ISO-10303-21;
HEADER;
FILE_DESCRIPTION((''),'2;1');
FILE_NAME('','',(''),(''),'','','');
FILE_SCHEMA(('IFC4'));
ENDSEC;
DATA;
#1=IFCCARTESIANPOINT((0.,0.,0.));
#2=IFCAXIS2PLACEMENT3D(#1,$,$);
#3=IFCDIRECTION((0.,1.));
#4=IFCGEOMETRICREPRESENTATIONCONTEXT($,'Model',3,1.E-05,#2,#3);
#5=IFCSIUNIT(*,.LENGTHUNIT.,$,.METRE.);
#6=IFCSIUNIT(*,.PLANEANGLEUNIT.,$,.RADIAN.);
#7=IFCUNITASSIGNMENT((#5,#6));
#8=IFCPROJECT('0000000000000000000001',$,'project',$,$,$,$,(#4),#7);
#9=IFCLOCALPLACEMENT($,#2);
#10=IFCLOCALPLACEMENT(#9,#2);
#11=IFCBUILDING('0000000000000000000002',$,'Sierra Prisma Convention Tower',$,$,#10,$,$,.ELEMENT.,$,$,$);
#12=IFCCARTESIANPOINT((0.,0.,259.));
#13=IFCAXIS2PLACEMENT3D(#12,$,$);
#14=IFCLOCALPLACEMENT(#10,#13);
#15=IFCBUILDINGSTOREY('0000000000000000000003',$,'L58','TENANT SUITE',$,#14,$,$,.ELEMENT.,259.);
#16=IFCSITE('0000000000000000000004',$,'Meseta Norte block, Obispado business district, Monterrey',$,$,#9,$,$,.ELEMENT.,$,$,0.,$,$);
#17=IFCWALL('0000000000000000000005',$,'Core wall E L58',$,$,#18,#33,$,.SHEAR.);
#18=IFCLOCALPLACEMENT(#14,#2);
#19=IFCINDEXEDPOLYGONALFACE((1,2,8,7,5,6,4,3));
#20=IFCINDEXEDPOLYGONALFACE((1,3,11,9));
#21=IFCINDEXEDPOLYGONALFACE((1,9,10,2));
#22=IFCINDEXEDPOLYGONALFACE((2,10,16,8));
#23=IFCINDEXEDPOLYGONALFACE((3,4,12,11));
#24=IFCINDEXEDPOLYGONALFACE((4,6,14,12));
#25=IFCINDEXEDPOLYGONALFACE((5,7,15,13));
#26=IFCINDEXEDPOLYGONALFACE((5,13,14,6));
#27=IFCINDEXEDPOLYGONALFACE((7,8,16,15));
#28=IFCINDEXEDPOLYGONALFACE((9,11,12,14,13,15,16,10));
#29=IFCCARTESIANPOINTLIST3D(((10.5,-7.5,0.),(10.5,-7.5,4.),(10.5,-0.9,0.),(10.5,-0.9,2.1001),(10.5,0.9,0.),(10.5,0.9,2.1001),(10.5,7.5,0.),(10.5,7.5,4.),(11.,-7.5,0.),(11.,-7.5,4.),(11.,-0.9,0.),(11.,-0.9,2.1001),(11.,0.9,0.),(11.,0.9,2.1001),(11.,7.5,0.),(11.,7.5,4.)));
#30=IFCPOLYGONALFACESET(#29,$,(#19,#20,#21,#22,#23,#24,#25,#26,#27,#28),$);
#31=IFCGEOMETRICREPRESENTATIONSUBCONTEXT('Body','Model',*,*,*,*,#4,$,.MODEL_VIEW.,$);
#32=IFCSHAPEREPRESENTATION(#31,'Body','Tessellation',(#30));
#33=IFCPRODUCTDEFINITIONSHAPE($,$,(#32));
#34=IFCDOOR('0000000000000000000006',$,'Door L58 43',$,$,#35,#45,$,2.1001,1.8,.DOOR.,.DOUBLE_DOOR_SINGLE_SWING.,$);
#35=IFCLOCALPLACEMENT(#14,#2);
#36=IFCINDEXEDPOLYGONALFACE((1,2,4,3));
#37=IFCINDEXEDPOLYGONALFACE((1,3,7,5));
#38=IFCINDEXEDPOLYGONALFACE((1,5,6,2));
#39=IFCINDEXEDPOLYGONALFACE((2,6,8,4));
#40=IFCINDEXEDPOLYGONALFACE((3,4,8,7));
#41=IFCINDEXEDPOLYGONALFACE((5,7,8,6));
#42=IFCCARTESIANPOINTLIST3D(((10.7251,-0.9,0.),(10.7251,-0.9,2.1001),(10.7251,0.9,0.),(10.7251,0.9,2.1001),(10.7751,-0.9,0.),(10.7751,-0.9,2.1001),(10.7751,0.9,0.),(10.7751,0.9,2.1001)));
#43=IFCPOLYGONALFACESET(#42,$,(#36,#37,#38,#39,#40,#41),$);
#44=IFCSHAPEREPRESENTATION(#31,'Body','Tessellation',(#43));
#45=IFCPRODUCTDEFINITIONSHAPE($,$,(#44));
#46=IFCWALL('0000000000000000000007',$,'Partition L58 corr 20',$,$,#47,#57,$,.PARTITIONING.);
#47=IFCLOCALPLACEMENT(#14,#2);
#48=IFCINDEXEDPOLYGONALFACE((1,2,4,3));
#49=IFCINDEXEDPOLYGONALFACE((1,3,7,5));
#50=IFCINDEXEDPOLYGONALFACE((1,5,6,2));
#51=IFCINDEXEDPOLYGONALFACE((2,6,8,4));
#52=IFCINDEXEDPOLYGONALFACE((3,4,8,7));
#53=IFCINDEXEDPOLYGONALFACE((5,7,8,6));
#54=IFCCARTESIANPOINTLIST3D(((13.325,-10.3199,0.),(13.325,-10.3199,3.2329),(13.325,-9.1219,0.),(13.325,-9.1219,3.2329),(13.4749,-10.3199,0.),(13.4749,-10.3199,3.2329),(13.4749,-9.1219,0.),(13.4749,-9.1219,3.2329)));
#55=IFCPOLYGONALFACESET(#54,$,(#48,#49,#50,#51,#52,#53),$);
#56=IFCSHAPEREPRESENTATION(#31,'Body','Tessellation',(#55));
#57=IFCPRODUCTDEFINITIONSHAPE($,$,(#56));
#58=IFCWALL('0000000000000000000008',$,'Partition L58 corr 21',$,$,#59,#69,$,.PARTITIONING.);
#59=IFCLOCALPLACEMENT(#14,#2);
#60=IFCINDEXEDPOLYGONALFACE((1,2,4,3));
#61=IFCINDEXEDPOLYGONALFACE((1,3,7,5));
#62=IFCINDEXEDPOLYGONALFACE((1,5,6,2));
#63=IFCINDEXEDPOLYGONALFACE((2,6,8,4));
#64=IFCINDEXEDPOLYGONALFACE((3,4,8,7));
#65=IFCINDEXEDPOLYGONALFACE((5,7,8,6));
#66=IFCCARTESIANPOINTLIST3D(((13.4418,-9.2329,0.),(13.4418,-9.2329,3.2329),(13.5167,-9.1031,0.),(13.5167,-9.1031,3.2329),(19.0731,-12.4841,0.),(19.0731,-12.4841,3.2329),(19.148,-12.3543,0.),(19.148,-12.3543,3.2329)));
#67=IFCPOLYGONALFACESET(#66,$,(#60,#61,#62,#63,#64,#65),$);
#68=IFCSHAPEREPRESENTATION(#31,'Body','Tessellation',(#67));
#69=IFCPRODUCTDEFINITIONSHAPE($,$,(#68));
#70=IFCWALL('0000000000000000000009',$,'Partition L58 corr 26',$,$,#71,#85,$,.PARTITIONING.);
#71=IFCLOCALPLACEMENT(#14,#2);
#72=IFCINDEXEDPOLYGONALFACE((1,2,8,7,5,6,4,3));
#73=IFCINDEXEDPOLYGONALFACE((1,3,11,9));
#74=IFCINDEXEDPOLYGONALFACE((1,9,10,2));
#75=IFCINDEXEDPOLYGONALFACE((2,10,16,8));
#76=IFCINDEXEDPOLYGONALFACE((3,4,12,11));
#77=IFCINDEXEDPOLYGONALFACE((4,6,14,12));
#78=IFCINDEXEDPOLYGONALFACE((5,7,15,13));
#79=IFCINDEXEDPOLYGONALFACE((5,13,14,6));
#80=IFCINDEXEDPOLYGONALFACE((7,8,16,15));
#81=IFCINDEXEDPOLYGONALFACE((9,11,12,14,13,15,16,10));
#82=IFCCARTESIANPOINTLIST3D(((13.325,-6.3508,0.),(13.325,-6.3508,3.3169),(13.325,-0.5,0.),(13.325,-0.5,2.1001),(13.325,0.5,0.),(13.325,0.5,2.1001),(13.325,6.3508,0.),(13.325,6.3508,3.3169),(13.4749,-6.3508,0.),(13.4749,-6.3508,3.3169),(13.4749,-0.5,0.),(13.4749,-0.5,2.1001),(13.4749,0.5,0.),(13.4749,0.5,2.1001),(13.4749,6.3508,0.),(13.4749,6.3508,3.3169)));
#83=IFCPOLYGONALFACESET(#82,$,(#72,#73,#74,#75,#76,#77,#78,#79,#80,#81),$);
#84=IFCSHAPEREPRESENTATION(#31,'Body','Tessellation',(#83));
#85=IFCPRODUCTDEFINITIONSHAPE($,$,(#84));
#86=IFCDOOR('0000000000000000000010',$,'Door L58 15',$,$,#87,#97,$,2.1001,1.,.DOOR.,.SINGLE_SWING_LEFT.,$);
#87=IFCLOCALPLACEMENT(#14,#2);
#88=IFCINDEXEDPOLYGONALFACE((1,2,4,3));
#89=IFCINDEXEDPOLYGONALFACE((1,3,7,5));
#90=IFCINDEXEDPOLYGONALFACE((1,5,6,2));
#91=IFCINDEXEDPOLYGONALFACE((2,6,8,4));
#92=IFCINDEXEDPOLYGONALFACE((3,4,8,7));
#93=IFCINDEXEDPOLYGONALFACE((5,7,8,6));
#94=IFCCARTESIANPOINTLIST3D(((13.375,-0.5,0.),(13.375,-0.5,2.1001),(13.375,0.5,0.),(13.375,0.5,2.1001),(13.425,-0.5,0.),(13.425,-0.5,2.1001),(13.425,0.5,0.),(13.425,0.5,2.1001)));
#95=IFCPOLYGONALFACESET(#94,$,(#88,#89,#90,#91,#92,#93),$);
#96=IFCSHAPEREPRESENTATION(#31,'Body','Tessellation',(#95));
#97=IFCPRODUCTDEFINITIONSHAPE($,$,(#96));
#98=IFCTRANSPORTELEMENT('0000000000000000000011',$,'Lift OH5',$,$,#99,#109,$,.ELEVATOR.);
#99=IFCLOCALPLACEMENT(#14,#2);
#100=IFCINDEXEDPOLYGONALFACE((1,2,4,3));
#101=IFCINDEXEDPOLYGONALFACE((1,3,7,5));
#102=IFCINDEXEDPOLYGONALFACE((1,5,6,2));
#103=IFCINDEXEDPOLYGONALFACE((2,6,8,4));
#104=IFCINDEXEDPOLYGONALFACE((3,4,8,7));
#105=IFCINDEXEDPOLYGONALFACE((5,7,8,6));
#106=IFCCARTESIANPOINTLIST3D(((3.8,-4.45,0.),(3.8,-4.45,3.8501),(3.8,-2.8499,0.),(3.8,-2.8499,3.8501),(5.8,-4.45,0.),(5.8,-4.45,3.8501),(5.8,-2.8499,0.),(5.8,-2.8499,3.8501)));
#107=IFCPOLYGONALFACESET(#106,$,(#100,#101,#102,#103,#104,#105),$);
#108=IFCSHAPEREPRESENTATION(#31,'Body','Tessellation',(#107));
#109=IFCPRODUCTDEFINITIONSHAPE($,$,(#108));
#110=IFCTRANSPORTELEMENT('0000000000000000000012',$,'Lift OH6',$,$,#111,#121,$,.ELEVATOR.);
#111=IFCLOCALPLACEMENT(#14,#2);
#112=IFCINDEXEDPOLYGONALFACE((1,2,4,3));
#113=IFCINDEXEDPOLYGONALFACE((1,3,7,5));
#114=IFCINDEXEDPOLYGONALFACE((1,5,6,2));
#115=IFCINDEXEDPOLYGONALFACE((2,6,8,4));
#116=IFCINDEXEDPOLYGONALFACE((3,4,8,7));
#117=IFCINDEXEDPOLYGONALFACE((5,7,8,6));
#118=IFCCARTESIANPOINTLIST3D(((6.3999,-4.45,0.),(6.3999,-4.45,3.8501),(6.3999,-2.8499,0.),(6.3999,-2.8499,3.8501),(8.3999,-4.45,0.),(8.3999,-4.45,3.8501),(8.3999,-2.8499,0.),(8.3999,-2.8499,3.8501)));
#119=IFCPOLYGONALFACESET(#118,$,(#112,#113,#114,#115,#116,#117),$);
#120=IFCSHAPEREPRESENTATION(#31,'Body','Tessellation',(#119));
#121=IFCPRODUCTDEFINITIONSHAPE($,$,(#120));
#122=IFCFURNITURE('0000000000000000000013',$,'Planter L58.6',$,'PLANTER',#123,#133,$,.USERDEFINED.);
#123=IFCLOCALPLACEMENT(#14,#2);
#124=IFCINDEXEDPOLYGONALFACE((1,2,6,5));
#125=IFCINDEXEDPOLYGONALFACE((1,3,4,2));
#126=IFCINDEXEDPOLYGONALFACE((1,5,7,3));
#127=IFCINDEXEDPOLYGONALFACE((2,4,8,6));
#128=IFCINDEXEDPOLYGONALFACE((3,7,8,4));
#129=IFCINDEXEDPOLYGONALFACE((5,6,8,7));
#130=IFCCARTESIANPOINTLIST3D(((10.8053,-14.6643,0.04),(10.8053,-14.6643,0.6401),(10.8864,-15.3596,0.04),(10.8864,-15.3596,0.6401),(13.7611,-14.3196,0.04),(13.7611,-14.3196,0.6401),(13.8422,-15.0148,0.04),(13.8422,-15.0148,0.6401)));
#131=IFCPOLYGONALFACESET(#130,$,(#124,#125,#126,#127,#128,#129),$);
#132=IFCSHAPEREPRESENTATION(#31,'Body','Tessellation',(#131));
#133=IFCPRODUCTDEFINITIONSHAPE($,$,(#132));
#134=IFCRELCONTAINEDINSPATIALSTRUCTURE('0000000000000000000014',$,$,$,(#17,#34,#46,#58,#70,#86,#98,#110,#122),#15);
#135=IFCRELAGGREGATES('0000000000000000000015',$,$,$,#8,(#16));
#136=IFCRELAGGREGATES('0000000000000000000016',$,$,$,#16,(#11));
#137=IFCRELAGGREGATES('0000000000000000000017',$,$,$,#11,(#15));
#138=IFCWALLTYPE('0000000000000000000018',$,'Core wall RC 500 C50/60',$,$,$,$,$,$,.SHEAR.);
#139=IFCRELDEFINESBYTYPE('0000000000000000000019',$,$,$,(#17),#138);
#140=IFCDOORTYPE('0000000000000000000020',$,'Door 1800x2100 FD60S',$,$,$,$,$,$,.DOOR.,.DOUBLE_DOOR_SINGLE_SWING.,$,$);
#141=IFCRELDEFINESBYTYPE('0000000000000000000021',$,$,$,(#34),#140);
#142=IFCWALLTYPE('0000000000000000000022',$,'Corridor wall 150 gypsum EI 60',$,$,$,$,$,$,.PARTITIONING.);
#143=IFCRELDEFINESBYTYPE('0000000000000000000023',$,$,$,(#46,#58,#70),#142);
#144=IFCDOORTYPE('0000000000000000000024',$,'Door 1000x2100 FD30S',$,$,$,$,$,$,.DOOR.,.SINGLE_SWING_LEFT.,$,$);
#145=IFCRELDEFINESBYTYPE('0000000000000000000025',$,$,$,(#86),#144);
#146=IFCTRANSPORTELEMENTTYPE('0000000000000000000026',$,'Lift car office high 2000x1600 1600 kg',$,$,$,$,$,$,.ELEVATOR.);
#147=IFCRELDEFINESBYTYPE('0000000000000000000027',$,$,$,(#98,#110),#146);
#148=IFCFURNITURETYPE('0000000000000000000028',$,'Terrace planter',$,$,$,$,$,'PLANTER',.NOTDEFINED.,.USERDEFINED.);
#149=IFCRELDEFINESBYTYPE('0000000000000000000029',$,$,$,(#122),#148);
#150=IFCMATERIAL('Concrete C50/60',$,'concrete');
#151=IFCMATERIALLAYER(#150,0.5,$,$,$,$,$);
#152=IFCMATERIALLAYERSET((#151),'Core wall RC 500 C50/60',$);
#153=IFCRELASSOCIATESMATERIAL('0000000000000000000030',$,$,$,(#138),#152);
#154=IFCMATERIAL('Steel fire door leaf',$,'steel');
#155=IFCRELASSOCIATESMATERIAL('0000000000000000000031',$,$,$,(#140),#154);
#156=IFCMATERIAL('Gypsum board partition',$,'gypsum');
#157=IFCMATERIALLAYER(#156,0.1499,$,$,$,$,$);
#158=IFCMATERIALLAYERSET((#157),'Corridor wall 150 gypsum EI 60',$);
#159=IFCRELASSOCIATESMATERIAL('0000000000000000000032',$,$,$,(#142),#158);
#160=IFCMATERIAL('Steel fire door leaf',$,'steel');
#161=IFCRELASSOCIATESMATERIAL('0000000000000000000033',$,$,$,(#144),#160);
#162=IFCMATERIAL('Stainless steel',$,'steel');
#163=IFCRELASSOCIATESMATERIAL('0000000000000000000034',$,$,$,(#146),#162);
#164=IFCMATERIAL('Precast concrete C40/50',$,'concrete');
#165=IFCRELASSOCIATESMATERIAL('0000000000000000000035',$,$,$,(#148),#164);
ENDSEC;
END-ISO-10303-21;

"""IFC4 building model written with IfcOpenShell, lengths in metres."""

from ifc_helpers import new_model, si_unit, direction, frame, frame_2d, origin, origin_2d, place, context, subcontext, project, spatial, rectangle, extrude, material, layer, layer_set, type_object, element, fill, save


model = new_model("IFC4")

# Units and contexts
model_context = context("Model", 3, precision=1e-05, world=origin(), true_north=direction((0.0, 1.0)))
body_context = subcontext(model_context, "Body", "Model", "MODEL_VIEW")
ifc_project = project(units=[si_unit("LENGTHUNIT", "METRE"), si_unit("PLANEANGLEUNIT", "RADIAN")], contexts=[model_context])

# Site, building, storey
site_placement = place(None, origin())
site = spatial("IfcSite", under=ifc_project, at=site_placement, Name="Meseta Norte block, Obispado business district, Monterrey", CompositionType="ELEMENT", RefElevation=0.0)
building_placement = place(site_placement, origin())
building = spatial("IfcBuilding", under=site, at=building_placement, Name="Sierra Prisma Convention Tower", CompositionType="ELEMENT")
storey_placement = place(building_placement, frame((0.0, 0.0, 259.0)))
storey = spatial("IfcBuildingStorey", under=building, at=storey_placement, Name="L58", Description="TENANT SUITE", CompositionType="ELEMENT", Elevation=259.0)

# Wall, opening, door
ifc_material_1 = material(Name="Concrete C50/60", Category="concrete")
ifc_layer_1 = layer(ifc_material_1, 0.5)
ifc_layer_set_1 = layer_set([ifc_layer_1], Name="Core wall RC 500 C50/60")
wall_type_1 = type_object("IfcWallType", Name="Core wall RC 500 C50/60", PredefinedType="SHEAR", material=ifc_layer_set_1)
wall_1_placement = place(storey_placement, frame((10.75, -7.5, 0.0), z_axis=(0.0, 0.0, 1.0), x_axis=(0.0, 1.0, 0.0)))
wall_1 = element("IfcWall", 1, at=wall_1_placement, inside=storey, type_object=wall_type_1, Name="Core wall E L58", PredefinedType="SHEAR", context=body_context, shape_type="SweptSolid", body=[
    extrude(rectangle(XDim=15.0, YDim=0.5, at=frame_2d((7.5, 0.0))), origin(), (0.0, 0.0, 1.0), 4.0),
])
opening_1_placement = place(wall_1_placement, frame((6.6001, 0.0, 0.0)))
opening_1 = element("IfcOpeningElement", 2, at=opening_1_placement, cuts=wall_1, PredefinedType="OPENING", context=body_context, shape_type="SweptSolid", body=[
    extrude(rectangle(XDim=1.8, YDim=2.1001, at=frame_2d((0.8999, 1.05))), frame((0.0, 0.25, 0.0), z_axis=(0.0, -1.0, 0.0), x_axis=(1.0, 0.0, 0.0)), (0.0, 0.0, 1.0), 0.5),
])
ifc_material_2 = material(Name="Steel fire door leaf", Category="steel")
door_type_1 = type_object("IfcDoorType", Name="Door 1800x2100 FD60S", OperationType="DOUBLE_DOOR_SINGLE_SWING", PredefinedType="DOOR", material=ifc_material_2)
door_1_placement = place(opening_1_placement, origin())
door_1 = element("IfcDoor", 3, at=door_1_placement, inside=storey, type_object=door_type_1, Name="Door L58 43", OperationType="DOUBLE_DOOR_SINGLE_SWING", OverallHeight=2.1001, OverallWidth=1.8, PredefinedType="DOOR", context=body_context, shape_type="SweptSolid", body=[
    extrude(rectangle(XDim=1.8, YDim=2.1001, at=frame_2d((0.8999, 1.05))), frame((0.0, 0.0249, 0.0), z_axis=(0.0, -1.0, 0.0), x_axis=(1.0, 0.0, 0.0)), (0.0, 0.0, 1.0), 0.05),
])
fill(opening_1, door_1)

# Walls
ifc_material_3 = material(Name="Gypsum board partition", Category="gypsum")
ifc_layer_2 = layer(ifc_material_3, 0.1499)
ifc_layer_set_2 = layer_set([ifc_layer_2], Name="Corridor wall 150 gypsum EI 60")
wall_type_2 = type_object("IfcWallType", Name="Corridor wall 150 gypsum EI 60", PredefinedType="PARTITIONING", material=ifc_layer_set_2)
wall_2_placement = place(storey_placement, frame((13.3999, -10.3201, 0.0), z_axis=(0.0, 0.0, 1.0), x_axis=(0.0, 1.0, 0.0)))
element("IfcWall", 4, at=wall_2_placement, inside=storey, type_object=wall_type_2, Name="Partition L58 corr 20", PredefinedType="PARTITIONING", context=body_context, shape_type="SweptSolid", body=[
    extrude(rectangle(XDim=1.198, YDim=0.1499, at=frame_2d((0.5991, 0.0))), origin(), (0.0, 0.0, 1.0), 3.2329),
])
wall_3_placement = place(storey_placement, frame((13.4792, -9.168, 0.0), z_axis=(0.0, 0.0, 1.0), x_axis=(0.866028, -0.499995, 0.0)))
element("IfcWall", 5, at=wall_3_placement, inside=storey, type_object=wall_type_2, Name="Partition L58 corr 21", PredefinedType="PARTITIONING", context=body_context, shape_type="SweptSolid", body=[
    extrude(rectangle(XDim=6.5024, YDim=0.1499, at=frame_2d((3.2512, 0.0))), origin(), (0.0, 0.0, 1.0), 3.2329),
])

# Wall, opening, door
wall_4_placement = place(storey_placement, frame((13.3999, -6.3508, 0.0), z_axis=(0.0, 0.0, 1.0), x_axis=(0.0, 1.0, 0.0)))
wall_4 = element("IfcWall", 6, at=wall_4_placement, inside=storey, type_object=wall_type_2, Name="Partition L58 corr 26", PredefinedType="PARTITIONING", context=body_context, shape_type="SweptSolid", body=[
    extrude(rectangle(XDim=12.7017, YDim=0.1499, at=frame_2d((6.3508, 0.0))), origin(), (0.0, 0.0, 1.0), 3.3169),
])
opening_2_placement = place(wall_4_placement, frame((5.8508, 0.0, 0.0)))
opening_2 = element("IfcOpeningElement", 7, at=opening_2_placement, cuts=wall_4, PredefinedType="OPENING", context=body_context, shape_type="SweptSolid", body=[
    extrude(rectangle(XDim=1.0, YDim=2.1001, at=frame_2d((0.5, 1.05))), frame((0.0, 0.075, 0.0), z_axis=(0.0, -1.0, 0.0), x_axis=(1.0, 0.0, 0.0)), (0.0, 0.0, 1.0), 0.1499),
])
ifc_material_4 = material(Name="Steel fire door leaf", Category="steel")
door_type_2 = type_object("IfcDoorType", Name="Door 1000x2100 FD30S", OperationType="SINGLE_SWING_LEFT", PredefinedType="DOOR", material=ifc_material_4)
door_2_placement = place(opening_2_placement, origin())
door_2 = element("IfcDoor", 8, at=door_2_placement, inside=storey, type_object=door_type_2, Name="Door L58 15", OperationType="SINGLE_SWING_LEFT", OverallHeight=2.1001, OverallWidth=1.0, PredefinedType="DOOR", context=body_context, shape_type="SweptSolid", body=[
    extrude(rectangle(XDim=1.0, YDim=2.1001, at=frame_2d((0.5, 1.05))), frame((0.0, 0.0249, 0.0), z_axis=(0.0, -1.0, 0.0), x_axis=(1.0, 0.0, 0.0)), (0.0, 0.0, 1.0), 0.05),
])
fill(opening_2, door_2)

# Transport elements
ifc_material_5 = material(Name="Stainless steel", Category="steel")
transport_element_type = type_object("IfcTransportElementType", Name="Lift car office high 2000x1600 1600 kg", PredefinedType="ELEVATOR", material=ifc_material_5)
for number, where, z_axis, x_axis, name in (
    (9, (4.8, -3.6499, 0.0), (0.0, 0.0, 1.0), (1.0, 0.0, 0.0), "Lift OH5"),
    (10, (7.3999, -3.6499, 0.0), (0.0, 0.0, 1.0), (1.0, 0.0, 0.0), "Lift OH6"),
):
    element("IfcTransportElement", number, at=place(storey_placement, frame(where, z_axis=z_axis, x_axis=x_axis)), inside=storey, type_object=transport_element_type, Name=name, PredefinedType="ELEVATOR", context=body_context, shape_type="SweptSolid", body=[
        extrude(rectangle(XDim=2.0, YDim=1.6001, at=origin_2d()), origin(), (0.0, 0.0, 1.0), 3.8501),
    ])

# Furniture
ifc_material_6 = material(Name="Precast concrete C40/50", Category="concrete")
furniture_type = type_object("IfcFurnitureType", Name="Terrace planter", ElementType="PLANTER", AssemblyPlace="NOTDEFINED", PredefinedType="USERDEFINED", material=ifc_material_6)
furniture_placement = place(storey_placement, frame((12.3237, -14.8396, 0.04), z_axis=(0.0, 0.0, 1.0), x_axis=(0.993267, 0.115846, 0.0)))
element("IfcFurniture", 11, at=furniture_placement, inside=storey, type_object=furniture_type, Name="Planter L58.6", ObjectType="PLANTER", PredefinedType="USERDEFINED", context=body_context, shape_type="SweptSolid", body=[
    extrude(rectangle(XDim=2.9758, YDim=0.7, at=origin_2d()), origin(), (0.0, 0.0, 1.0), 0.6001),
])

save(model, "model.ifc")
